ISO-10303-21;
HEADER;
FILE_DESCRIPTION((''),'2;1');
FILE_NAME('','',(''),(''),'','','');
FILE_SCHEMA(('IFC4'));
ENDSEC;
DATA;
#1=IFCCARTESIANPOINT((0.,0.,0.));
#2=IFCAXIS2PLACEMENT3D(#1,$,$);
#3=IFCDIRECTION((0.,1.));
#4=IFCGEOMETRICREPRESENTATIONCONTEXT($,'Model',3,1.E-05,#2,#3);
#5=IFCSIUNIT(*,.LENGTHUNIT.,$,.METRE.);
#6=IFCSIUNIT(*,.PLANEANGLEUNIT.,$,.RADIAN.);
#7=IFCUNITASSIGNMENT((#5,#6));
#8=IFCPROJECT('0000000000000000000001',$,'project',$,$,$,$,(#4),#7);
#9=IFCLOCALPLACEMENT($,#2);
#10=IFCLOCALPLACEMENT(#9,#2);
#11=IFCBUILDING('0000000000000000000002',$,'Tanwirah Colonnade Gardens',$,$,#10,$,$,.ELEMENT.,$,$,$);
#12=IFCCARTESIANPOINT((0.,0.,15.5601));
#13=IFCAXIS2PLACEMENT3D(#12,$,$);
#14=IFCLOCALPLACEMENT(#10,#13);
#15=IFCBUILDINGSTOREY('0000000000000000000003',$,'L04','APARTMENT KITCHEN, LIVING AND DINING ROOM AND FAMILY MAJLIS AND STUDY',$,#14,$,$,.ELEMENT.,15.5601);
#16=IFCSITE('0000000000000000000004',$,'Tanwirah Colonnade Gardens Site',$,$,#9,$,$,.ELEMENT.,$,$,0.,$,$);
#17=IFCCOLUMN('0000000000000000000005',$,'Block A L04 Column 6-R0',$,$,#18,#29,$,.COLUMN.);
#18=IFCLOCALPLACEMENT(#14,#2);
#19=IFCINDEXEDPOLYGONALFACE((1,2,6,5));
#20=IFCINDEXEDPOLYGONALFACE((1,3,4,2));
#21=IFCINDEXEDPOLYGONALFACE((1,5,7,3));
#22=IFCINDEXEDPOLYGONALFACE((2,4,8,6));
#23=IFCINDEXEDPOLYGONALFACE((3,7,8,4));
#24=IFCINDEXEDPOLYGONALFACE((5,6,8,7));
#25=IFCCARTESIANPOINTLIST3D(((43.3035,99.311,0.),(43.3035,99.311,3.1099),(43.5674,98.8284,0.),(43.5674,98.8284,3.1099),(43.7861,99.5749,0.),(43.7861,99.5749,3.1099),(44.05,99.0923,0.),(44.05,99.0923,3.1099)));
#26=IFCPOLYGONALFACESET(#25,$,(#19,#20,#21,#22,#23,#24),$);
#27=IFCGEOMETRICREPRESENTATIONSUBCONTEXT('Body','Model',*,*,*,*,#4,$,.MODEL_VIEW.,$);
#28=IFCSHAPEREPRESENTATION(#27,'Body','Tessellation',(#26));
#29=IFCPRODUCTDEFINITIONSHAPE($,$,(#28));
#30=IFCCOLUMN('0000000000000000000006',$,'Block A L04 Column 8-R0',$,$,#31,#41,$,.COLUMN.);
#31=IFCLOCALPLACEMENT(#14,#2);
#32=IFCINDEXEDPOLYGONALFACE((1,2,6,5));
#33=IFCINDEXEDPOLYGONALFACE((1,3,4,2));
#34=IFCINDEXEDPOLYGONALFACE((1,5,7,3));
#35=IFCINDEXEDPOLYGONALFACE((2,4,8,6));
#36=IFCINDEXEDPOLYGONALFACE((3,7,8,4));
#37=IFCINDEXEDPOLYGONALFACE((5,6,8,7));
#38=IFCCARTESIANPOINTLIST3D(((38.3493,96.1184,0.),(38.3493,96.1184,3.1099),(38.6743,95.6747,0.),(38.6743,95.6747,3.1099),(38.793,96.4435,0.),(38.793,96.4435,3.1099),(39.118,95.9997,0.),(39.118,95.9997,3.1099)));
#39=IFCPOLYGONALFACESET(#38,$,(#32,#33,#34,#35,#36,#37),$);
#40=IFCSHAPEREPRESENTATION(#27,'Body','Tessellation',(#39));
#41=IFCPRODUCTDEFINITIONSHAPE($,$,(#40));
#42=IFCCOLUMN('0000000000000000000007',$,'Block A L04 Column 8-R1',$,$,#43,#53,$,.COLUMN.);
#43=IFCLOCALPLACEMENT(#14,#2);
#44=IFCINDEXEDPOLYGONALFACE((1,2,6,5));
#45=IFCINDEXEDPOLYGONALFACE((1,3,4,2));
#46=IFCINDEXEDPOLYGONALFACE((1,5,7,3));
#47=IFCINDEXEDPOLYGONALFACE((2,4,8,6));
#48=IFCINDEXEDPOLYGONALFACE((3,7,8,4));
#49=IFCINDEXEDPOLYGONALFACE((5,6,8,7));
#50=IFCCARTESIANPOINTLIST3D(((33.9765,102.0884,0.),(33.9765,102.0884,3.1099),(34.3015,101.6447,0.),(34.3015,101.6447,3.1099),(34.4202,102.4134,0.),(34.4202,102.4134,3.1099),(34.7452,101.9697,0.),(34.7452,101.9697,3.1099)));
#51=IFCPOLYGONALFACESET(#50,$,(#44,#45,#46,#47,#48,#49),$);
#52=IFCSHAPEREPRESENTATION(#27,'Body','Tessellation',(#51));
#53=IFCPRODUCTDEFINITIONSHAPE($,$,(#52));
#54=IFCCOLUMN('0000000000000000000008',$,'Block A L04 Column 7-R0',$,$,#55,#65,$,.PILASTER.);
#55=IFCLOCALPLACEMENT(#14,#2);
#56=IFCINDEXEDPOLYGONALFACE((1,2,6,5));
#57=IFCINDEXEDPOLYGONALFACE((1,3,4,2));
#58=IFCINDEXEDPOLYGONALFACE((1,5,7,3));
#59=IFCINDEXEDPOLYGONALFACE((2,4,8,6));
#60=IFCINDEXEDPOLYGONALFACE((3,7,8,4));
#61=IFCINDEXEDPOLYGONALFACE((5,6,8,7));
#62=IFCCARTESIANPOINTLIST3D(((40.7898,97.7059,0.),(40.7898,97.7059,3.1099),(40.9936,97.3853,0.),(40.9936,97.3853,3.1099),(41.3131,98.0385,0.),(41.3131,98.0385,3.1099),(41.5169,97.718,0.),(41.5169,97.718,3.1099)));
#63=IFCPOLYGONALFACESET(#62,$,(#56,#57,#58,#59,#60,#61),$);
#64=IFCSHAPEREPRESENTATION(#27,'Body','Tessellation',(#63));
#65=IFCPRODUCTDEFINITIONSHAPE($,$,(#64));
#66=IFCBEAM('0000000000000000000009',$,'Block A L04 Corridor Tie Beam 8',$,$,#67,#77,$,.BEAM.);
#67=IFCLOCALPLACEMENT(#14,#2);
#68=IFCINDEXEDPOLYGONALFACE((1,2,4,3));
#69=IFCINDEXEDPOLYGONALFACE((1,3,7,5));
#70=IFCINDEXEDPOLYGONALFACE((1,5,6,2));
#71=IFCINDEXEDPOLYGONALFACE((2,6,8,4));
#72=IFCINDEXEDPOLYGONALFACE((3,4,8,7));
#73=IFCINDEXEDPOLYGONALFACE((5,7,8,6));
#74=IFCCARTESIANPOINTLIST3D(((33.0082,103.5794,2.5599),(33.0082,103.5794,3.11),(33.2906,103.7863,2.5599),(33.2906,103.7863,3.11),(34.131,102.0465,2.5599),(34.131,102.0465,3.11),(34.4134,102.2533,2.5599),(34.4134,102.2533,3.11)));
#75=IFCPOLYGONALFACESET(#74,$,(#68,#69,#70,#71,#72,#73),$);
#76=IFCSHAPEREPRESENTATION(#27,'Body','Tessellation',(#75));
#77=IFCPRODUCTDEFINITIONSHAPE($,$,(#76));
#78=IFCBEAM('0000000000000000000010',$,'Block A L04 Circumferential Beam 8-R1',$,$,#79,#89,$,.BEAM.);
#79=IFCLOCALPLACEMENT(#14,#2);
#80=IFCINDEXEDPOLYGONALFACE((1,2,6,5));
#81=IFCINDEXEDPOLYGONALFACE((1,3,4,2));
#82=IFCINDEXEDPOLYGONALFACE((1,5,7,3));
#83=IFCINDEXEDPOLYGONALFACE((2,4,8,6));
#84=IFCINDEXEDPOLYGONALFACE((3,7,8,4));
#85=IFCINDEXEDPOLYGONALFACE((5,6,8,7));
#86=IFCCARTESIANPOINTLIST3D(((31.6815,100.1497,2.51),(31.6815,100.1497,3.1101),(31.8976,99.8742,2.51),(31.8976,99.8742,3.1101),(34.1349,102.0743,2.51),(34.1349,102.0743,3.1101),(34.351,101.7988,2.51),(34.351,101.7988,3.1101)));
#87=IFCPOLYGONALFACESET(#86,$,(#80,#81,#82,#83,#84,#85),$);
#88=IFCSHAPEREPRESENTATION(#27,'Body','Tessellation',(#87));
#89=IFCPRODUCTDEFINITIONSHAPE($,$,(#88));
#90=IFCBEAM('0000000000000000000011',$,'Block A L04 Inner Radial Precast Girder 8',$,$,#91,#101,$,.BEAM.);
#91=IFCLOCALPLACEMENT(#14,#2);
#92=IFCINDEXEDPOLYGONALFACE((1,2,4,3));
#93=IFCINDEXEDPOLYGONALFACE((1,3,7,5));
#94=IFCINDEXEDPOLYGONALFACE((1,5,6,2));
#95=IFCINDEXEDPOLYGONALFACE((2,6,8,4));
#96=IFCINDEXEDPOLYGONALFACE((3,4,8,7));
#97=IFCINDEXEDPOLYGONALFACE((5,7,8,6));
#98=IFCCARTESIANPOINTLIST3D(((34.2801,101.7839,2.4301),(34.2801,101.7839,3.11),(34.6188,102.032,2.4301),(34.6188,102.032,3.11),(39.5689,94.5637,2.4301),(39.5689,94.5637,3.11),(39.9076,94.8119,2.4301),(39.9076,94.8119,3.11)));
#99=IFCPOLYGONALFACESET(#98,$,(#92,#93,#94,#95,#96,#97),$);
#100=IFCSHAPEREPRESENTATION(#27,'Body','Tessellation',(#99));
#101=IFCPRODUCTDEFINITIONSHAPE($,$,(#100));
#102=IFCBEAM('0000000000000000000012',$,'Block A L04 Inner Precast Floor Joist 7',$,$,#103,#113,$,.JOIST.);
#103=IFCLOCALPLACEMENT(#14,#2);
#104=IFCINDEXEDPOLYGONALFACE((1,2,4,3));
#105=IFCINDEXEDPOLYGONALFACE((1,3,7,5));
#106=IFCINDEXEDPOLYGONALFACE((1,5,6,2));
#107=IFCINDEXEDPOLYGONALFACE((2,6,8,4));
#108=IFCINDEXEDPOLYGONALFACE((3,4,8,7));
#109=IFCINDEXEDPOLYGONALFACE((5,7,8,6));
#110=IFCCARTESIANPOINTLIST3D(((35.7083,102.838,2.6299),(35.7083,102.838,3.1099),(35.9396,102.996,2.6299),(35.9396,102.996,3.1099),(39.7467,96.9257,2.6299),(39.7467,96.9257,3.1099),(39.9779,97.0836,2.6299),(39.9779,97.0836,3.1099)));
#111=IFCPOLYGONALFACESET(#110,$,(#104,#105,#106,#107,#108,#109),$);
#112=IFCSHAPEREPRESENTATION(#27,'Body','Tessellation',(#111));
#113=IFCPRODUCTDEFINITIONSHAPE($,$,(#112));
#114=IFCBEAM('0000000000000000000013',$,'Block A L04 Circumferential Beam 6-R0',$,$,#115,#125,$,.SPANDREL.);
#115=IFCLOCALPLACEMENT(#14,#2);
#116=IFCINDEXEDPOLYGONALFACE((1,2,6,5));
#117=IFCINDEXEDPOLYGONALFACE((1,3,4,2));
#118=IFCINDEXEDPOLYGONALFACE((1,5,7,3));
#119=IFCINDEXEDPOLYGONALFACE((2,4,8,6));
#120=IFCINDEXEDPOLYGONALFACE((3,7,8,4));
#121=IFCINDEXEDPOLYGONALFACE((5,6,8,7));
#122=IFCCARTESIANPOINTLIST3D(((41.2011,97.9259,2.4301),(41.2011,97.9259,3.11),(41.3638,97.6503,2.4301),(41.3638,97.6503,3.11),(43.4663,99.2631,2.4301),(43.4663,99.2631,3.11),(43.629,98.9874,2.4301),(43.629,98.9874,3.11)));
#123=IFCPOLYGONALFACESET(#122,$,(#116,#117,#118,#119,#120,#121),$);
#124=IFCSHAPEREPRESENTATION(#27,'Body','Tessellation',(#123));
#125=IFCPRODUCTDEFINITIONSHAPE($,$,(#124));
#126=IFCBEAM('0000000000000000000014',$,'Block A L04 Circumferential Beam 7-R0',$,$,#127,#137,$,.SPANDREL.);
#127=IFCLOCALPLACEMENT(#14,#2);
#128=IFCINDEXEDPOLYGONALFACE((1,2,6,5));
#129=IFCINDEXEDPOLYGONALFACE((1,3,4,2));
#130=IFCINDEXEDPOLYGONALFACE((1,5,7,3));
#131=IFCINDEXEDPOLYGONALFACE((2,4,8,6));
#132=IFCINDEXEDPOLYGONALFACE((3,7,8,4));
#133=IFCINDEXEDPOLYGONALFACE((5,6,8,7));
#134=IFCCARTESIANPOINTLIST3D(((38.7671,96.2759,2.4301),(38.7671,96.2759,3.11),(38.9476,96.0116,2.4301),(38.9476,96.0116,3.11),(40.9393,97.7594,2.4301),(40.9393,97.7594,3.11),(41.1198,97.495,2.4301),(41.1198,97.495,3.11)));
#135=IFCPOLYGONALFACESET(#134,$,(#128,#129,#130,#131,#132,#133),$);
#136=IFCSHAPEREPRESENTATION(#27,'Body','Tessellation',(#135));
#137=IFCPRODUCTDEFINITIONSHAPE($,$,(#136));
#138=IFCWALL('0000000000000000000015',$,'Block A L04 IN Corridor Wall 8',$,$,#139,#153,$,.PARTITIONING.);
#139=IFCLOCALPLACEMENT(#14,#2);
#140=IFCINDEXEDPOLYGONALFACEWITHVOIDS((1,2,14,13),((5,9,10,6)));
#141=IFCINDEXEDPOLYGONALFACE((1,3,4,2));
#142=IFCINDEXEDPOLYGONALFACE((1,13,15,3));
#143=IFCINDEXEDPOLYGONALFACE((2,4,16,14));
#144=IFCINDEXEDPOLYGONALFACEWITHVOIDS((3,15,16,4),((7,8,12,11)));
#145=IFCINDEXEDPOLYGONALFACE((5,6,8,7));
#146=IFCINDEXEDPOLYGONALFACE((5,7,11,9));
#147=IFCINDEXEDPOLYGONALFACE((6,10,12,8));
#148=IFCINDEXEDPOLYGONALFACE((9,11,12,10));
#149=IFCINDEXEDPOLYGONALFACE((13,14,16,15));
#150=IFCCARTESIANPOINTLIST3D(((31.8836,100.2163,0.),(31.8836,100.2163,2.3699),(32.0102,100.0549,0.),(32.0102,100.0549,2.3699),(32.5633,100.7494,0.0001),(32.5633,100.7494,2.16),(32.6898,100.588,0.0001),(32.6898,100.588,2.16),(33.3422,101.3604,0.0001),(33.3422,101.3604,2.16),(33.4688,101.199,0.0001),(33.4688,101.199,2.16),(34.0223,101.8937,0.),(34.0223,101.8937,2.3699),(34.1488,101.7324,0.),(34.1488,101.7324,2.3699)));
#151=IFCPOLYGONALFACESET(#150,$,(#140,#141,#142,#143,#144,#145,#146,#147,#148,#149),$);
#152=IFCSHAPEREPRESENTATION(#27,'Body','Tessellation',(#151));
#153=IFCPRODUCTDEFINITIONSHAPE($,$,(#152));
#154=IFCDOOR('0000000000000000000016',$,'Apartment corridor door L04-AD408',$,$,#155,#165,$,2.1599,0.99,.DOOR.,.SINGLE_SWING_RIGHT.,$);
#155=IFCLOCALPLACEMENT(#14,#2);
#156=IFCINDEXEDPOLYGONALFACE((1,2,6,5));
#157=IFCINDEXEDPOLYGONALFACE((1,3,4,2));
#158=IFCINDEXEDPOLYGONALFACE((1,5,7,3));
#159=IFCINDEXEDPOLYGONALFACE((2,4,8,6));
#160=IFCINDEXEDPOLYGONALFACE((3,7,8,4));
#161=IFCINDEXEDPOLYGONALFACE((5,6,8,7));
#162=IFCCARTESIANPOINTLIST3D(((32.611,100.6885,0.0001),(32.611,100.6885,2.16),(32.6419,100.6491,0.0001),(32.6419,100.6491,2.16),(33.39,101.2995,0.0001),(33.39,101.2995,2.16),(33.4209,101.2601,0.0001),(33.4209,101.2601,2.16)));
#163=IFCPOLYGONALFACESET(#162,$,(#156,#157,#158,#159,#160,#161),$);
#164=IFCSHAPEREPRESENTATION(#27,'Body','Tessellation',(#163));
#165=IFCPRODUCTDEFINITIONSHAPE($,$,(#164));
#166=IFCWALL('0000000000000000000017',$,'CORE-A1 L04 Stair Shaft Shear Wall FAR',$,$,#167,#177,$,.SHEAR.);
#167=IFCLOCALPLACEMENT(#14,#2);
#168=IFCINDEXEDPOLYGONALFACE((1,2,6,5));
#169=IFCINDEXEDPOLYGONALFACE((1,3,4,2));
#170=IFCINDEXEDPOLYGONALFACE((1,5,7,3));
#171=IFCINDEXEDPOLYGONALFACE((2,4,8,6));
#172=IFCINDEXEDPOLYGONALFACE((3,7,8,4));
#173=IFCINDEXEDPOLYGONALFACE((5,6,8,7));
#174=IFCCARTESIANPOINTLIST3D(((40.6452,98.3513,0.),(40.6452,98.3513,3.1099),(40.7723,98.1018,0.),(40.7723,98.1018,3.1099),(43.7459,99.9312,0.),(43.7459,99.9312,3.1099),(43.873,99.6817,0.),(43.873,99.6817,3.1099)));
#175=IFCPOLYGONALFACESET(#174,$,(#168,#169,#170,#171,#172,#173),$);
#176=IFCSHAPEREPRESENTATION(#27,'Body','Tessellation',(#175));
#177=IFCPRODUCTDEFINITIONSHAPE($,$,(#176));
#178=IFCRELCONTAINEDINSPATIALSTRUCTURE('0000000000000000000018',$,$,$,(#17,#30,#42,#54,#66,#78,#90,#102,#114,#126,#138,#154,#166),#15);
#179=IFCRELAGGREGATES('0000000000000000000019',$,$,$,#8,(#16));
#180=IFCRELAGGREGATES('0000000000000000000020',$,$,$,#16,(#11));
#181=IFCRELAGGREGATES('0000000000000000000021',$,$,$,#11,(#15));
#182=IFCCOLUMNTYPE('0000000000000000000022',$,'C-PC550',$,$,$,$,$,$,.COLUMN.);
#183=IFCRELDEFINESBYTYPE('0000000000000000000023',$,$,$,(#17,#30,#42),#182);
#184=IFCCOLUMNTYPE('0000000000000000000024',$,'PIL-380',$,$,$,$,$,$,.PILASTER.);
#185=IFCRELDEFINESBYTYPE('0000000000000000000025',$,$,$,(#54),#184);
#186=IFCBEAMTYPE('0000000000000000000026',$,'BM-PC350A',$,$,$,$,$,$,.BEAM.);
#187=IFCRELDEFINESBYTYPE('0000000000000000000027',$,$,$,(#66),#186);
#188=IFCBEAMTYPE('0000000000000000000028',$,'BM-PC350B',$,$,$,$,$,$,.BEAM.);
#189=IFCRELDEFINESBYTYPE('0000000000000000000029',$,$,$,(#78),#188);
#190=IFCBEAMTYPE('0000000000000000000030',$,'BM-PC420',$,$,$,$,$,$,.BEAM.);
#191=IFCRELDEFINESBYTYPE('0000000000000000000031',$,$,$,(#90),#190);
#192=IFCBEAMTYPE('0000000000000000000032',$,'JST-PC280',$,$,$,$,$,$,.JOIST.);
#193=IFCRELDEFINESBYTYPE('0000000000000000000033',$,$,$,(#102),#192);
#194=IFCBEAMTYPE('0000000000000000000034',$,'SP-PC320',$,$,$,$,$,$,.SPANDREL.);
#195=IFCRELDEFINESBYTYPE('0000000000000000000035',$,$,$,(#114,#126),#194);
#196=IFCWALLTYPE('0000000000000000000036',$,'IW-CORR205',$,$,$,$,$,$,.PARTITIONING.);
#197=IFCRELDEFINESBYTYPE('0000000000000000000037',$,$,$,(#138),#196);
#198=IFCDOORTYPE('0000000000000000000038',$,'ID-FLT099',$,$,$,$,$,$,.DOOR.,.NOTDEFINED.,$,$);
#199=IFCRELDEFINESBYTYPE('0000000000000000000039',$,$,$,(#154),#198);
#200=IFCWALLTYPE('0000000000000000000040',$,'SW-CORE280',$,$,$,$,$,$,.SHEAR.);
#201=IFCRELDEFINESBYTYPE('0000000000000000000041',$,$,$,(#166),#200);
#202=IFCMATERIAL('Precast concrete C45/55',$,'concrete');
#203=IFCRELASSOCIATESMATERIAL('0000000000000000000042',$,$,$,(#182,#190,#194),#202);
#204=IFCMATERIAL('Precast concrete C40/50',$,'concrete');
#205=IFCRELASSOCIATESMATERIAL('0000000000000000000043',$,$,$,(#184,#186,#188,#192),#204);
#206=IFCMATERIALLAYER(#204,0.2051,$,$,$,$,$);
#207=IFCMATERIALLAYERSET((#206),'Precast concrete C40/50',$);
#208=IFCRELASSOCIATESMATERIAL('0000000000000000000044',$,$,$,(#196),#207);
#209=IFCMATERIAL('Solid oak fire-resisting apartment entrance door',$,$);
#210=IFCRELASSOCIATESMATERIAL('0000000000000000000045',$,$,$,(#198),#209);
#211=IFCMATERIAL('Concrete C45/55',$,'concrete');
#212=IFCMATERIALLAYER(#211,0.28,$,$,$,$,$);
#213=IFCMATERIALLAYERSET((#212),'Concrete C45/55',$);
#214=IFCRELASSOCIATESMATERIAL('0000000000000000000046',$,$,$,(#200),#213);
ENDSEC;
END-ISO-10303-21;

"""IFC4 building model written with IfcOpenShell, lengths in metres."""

from ifc_helpers import new_model, si_unit, direction, frame, frame_2d, origin, origin_2d, place, context, subcontext, project, spatial, rectangle, extrude, material, layer, layer_set, material_profile, profile_set, type_object, element, fill, save


model = new_model("IFC4")

# Units and contexts
model_context = context("Model", 3, precision=1e-05, world=origin(), true_north=direction((0.0, 1.0)))
body_context = subcontext(model_context, "Body", "Model", "MODEL_VIEW")
ifc_project = project(units=[si_unit("LENGTHUNIT", "METRE"), si_unit("PLANEANGLEUNIT", "RADIAN")], contexts=[model_context])

# Site, building, storey
site_placement = place(None, origin())
site = spatial("IfcSite", under=ifc_project, at=site_placement, Name="Tanwirah Colonnade Gardens Site", CompositionType="ELEMENT", RefElevation=0.0)
building_placement = place(site_placement, origin())
building = spatial("IfcBuilding", under=site, at=building_placement, Name="Tanwirah Colonnade Gardens", CompositionType="ELEMENT")
storey_placement = place(building_placement, frame((0.0, 0.0, 15.5601)))
storey = spatial("IfcBuildingStorey", under=building, at=storey_placement, Name="L04", Description="APARTMENT KITCHEN, LIVING AND DINING ROOM AND FAMILY MAJLIS AND STUDY", CompositionType="ELEMENT", Elevation=15.5601)

# Columns
ifc_material_1 = material(Name="Precast concrete C45/55", Category="concrete")
ifc_material_profile_1 = material_profile(ifc_material_1, rectangle(XDim=0.55, YDim=0.55, at=origin_2d()), Name="PC-COL 550x550")
ifc_profile_set_1 = profile_set([ifc_material_profile_1], Name="Precast concrete C45/55")
column_type_1 = type_object("IfcColumnType", Name="C-PC550", PredefinedType="COLUMN", material=ifc_profile_set_1)
for number, where, z_axis, x_axis, name in (
    (1, (43.6768, 99.2017, 0.0), (0.0, 0.0, 1.0), (-0.479713, 0.877425, 0.0), "Block A L04 Column 6-R0"),
    (2, (38.7336, 96.0591, 0.0), (0.0, 0.0, 1.0), (-0.590919, 0.806731, 0.0), "Block A L04 Column 8-R0"),
    (3, (34.3608, 102.0291, 0.0), (0.0, 0.0, 1.0), (-0.590919, 0.806731, 0.0), "Block A L04 Column 8-R1"),
):
    element("IfcColumn", number, at=place(storey_placement, frame(where, z_axis=z_axis, x_axis=x_axis)), inside=storey, type_object=column_type_1, Name=name, PredefinedType="COLUMN", context=body_context, shape_type="SweptSolid", body=[
        extrude(rectangle(XDim=0.55, YDim=0.55, at=origin_2d()), origin(), (0.0, 0.0, 1.0), 3.1099),
    ])
ifc_material_2 = material(Name="Precast concrete C40/50", Category="concrete")
ifc_material_profile_2 = material_profile(ifc_material_2, rectangle(XDim=0.3799, YDim=0.6201, at=origin_2d()), Name="PC-PIL 380x620")
ifc_profile_set_2 = profile_set([ifc_material_profile_2], Name="Precast concrete C40/50")
column_type_2 = type_object("IfcColumnType", Name="PIL-380", PredefinedType="PILASTER", material=ifc_profile_set_2)
column_placement = place(storey_placement, frame((41.1533, 97.7119, 0.0), z_axis=(0.0, 0.0, 1.0), x_axis=(-0.536482, 0.843912, 0.0)))
element("IfcColumn", 4, at=column_placement, inside=storey, type_object=column_type_2, Name="Block A L04 Column 7-R0", PredefinedType="PILASTER", context=body_context, shape_type="SweptSolid", body=[
    extrude(rectangle(XDim=0.3799, YDim=0.6201, at=origin_2d()), origin(), (0.0, 0.0, 1.0), 3.1099),
])

# Beams
ifc_material_profile_3 = material_profile(ifc_material_2, rectangle(XDim=0.3501, YDim=0.55, at=origin_2d()), Name="PC-BM 350x550")
ifc_profile_set_3 = profile_set([ifc_material_profile_3], Name="Precast concrete C40/50")
beam_type_1 = type_object("IfcBeamType", Name="BM-PC350A", PredefinedType="BEAM", material=ifc_profile_set_3)
beam_1_placement = place(storey_placement, frame((34.2722, 102.1499, 2.835), z_axis=(-0.590896, 0.806748, 0.0), x_axis=(-0.806748, -0.590896, 0.0)))
element("IfcBeam", 5, at=beam_1_placement, inside=storey, type_object=beam_type_1, Name="Block A L04 Corridor Tie Beam 8", PredefinedType="BEAM", context=body_context, shape_type="SweptSolid", body=[
    extrude(rectangle(XDim=0.3501, YDim=0.55, at=origin_2d()), origin(), (0.0, 0.0, 1.0), 1.9001),
])
ifc_material_profile_4 = material_profile(ifc_material_2, rectangle(XDim=0.3501, YDim=0.6001, at=origin_2d()), Name="PC-BM 350x600")
ifc_profile_set_4 = profile_set([ifc_material_profile_4], Name="Precast concrete C40/50")
beam_type_2 = type_object("IfcBeamType", Name="BM-PC350B", PredefinedType="BEAM", material=ifc_profile_set_4)
beam_2_placement = place(storey_placement, frame((34.2429, 101.9365, 2.8101), z_axis=(-0.786799, -0.617209, 0.0), x_axis=(0.617209, -0.786799, 0.0)))
element("IfcBeam", 6, at=beam_2_placement, inside=storey, type_object=beam_type_2, Name="Block A L04 Circumferential Beam 8-R1", PredefinedType="BEAM", context=body_context, shape_type="SweptSolid", body=[
    extrude(rectangle(XDim=0.3501, YDim=0.6001, at=origin_2d()), origin(), (0.0, 0.0, 1.0), 3.1182),
])
ifc_material_profile_5 = material_profile(ifc_material_1, rectangle(XDim=0.4199, YDim=0.6799, at=origin_2d()), Name="PC-BM 420x680")
ifc_profile_set_5 = profile_set([ifc_material_profile_5], Name="Precast concrete C45/55")
beam_type_3 = type_object("IfcBeamType", Name="BM-PC420", PredefinedType="BEAM", material=ifc_profile_set_5)
beam_3_placement = place(storey_placement, frame((34.4495, 101.908, 2.77), z_axis=(0.590927, -0.806725, 0.0), x_axis=(0.806725, 0.590927, 0.0)))
element("IfcBeam", 7, at=beam_3_placement, inside=storey, type_object=beam_type_3, Name="Block A L04 Inner Radial Precast Girder 8", PredefinedType="BEAM", context=body_context, shape_type="SweptSolid", body=[
    extrude(rectangle(XDim=0.4199, YDim=0.6799, at=origin_2d()), origin(), (0.0, 0.0, 1.0), 8.95),
])
ifc_material_profile_6 = material_profile(ifc_material_2, rectangle(XDim=0.28, YDim=0.48, at=origin_2d()), Name="PC-JST 280x480")
ifc_profile_set_6 = profile_set([ifc_material_profile_6], Name="Precast concrete C40/50")
beam_type_4 = type_object("IfcBeamType", Name="JST-PC280", PredefinedType="JOIST", material=ifc_profile_set_6)
beam_4_placement = place(storey_placement, frame((39.8623, 97.0046, 2.8699), z_axis=(-0.564021, 0.82576, 0.0), x_axis=(-0.82576, -0.564021, 0.0)))
element("IfcBeam", 8, at=beam_4_placement, inside=storey, type_object=beam_type_4, Name="Block A L04 Inner Precast Floor Joist 7", PredefinedType="JOIST", context=body_context, shape_type="SweptSolid", body=[
    extrude(rectangle(XDim=0.28, YDim=0.48, at=origin_2d()), origin(), (0.0, 0.0, 1.0), 7.1599),
])
ifc_material_profile_7 = material_profile(ifc_material_1, rectangle(XDim=0.3201, YDim=0.6799, at=origin_2d()), Name="PC-SP 320x680")
ifc_profile_set_7 = profile_set([ifc_material_profile_7], Name="Precast concrete C45/55")
beam_type_5 = type_object("IfcBeamType", Name="SP-PC320", PredefinedType="SPANDREL", material=ifc_profile_set_7)
for number, where, z_axis, x_axis, name in (
    (9, (43.5476, 99.1252, 2.77), (-0.861148, -0.508354, 0.0), (0.508354, -0.861148, 0.0), "Block A L04 Circumferential Beam 6-R0"),
    (10, (41.0295, 97.6272, 2.77), (-0.825801, -0.563962, 0.0), (0.563962, -0.825801, 0.0), "Block A L04 Circumferential Beam 7-R0"),
):
    element("IfcBeam", number, at=place(storey_placement, frame(where, z_axis=z_axis, x_axis=x_axis)), inside=storey, type_object=beam_type_5, Name=name, PredefinedType="SPANDREL", context=body_context, shape_type="SweptSolid", body=[
        extrude(rectangle(XDim=0.3201, YDim=0.6799, at=origin_2d()), origin(), (0.0, 0.0, 1.0), 2.6304),
    ])

# Wall, opening, door
ifc_layer_1 = layer(ifc_material_2, 0.2051)
ifc_layer_set_1 = layer_set([ifc_layer_1], Name="Precast concrete C40/50")
wall_type_1 = type_object("IfcWallType", Name="IW-CORR205", PredefinedType="PARTITIONING", material=ifc_layer_set_1)
wall_1_placement = place(storey_placement, frame((34.0854, 101.813, 0.0), z_axis=(0.0, 0.0, 1.0), x_axis=(-0.786835, -0.617163, 0.0)))
wall_1 = element("IfcWall", 11, at=wall_1_placement, inside=storey, type_object=wall_type_1, Name="Block A L04 IN Corridor Wall 8", PredefinedType="PARTITIONING", context=body_context, shape_type="SweptSolid", body=[
    extrude(rectangle(XDim=2.718, YDim=0.2051, at=frame_2d((1.3589, 0.0))), origin(), (0.0, 0.0, 1.0), 2.3699),
])
opening_1_placement = place(wall_1_placement, frame((0.864, 0.0, 0.0)))
opening_1 = element("IfcOpeningElement", 12, at=opening_1_placement, cuts=wall_1, PredefinedType="OPENING", context=body_context, shape_type="SweptSolid", body=[
    extrude(rectangle(XDim=0.99, YDim=2.1599, at=frame_2d((0.4951, 1.0801))), frame((0.0, 0.1125, 0.0), z_axis=(0.0, -1.0, 0.0), x_axis=(1.0, 0.0, 0.0)), (0.0, 0.0, 1.0), 0.2251),
])
ifc_material_3 = material(Name="Solid oak fire-resisting apartment entrance door")
door_type_1 = type_object("IfcDoorType", Name="ID-FLT099", OperationType="NOTDEFINED", PredefinedType="DOOR", material=ifc_material_3)
door_1_placement = place(opening_1_placement, origin())
door_1 = element("IfcDoor", 13, at=door_1_placement, inside=storey, type_object=door_type_1, Name="Apartment corridor door L04-AD408", OperationType="SINGLE_SWING_RIGHT", OverallHeight=2.1599, OverallWidth=0.99, PredefinedType="DOOR", context=body_context, shape_type="SweptSolid", body=[
    extrude(rectangle(XDim=0.99, YDim=2.1599, at=frame_2d((0.4951, 1.0801))), frame((0.0, 0.0249, 0.0), z_axis=(0.0, -1.0, 0.0), x_axis=(1.0, 0.0, 0.0)), (0.0, 0.0, 1.0), 0.05),
])
fill(opening_1, door_1)

# Wall
ifc_material_4 = material(Name="Concrete C45/55", Category="concrete")
ifc_layer_2 = layer(ifc_material_4, 0.28)
ifc_layer_set_2 = layer_set([ifc_layer_2], Name="Concrete C45/55")
wall_type_2 = type_object("IfcWallType", Name="SW-CORE280", PredefinedType="SHEAR", material=ifc_layer_set_2)
wall_2_placement = place(storey_placement, frame((40.7087, 98.2266, 0.0), z_axis=(0.0, 0.0, 1.0), x_axis=(0.891006, 0.453992, 0.0)))
element("IfcWall", 14, at=wall_2_placement, inside=storey, type_object=wall_type_2, Name="CORE-A1 L04 Stair Shaft Shear Wall FAR", PredefinedType="SHEAR", context=body_context, shape_type="SweptSolid", body=[
    extrude(rectangle(XDim=3.48, YDim=0.28, at=frame_2d((1.74, 0.0))), origin(), (0.0, 0.0, 1.0), 3.1099),
])

save(model, "model.ifc")
